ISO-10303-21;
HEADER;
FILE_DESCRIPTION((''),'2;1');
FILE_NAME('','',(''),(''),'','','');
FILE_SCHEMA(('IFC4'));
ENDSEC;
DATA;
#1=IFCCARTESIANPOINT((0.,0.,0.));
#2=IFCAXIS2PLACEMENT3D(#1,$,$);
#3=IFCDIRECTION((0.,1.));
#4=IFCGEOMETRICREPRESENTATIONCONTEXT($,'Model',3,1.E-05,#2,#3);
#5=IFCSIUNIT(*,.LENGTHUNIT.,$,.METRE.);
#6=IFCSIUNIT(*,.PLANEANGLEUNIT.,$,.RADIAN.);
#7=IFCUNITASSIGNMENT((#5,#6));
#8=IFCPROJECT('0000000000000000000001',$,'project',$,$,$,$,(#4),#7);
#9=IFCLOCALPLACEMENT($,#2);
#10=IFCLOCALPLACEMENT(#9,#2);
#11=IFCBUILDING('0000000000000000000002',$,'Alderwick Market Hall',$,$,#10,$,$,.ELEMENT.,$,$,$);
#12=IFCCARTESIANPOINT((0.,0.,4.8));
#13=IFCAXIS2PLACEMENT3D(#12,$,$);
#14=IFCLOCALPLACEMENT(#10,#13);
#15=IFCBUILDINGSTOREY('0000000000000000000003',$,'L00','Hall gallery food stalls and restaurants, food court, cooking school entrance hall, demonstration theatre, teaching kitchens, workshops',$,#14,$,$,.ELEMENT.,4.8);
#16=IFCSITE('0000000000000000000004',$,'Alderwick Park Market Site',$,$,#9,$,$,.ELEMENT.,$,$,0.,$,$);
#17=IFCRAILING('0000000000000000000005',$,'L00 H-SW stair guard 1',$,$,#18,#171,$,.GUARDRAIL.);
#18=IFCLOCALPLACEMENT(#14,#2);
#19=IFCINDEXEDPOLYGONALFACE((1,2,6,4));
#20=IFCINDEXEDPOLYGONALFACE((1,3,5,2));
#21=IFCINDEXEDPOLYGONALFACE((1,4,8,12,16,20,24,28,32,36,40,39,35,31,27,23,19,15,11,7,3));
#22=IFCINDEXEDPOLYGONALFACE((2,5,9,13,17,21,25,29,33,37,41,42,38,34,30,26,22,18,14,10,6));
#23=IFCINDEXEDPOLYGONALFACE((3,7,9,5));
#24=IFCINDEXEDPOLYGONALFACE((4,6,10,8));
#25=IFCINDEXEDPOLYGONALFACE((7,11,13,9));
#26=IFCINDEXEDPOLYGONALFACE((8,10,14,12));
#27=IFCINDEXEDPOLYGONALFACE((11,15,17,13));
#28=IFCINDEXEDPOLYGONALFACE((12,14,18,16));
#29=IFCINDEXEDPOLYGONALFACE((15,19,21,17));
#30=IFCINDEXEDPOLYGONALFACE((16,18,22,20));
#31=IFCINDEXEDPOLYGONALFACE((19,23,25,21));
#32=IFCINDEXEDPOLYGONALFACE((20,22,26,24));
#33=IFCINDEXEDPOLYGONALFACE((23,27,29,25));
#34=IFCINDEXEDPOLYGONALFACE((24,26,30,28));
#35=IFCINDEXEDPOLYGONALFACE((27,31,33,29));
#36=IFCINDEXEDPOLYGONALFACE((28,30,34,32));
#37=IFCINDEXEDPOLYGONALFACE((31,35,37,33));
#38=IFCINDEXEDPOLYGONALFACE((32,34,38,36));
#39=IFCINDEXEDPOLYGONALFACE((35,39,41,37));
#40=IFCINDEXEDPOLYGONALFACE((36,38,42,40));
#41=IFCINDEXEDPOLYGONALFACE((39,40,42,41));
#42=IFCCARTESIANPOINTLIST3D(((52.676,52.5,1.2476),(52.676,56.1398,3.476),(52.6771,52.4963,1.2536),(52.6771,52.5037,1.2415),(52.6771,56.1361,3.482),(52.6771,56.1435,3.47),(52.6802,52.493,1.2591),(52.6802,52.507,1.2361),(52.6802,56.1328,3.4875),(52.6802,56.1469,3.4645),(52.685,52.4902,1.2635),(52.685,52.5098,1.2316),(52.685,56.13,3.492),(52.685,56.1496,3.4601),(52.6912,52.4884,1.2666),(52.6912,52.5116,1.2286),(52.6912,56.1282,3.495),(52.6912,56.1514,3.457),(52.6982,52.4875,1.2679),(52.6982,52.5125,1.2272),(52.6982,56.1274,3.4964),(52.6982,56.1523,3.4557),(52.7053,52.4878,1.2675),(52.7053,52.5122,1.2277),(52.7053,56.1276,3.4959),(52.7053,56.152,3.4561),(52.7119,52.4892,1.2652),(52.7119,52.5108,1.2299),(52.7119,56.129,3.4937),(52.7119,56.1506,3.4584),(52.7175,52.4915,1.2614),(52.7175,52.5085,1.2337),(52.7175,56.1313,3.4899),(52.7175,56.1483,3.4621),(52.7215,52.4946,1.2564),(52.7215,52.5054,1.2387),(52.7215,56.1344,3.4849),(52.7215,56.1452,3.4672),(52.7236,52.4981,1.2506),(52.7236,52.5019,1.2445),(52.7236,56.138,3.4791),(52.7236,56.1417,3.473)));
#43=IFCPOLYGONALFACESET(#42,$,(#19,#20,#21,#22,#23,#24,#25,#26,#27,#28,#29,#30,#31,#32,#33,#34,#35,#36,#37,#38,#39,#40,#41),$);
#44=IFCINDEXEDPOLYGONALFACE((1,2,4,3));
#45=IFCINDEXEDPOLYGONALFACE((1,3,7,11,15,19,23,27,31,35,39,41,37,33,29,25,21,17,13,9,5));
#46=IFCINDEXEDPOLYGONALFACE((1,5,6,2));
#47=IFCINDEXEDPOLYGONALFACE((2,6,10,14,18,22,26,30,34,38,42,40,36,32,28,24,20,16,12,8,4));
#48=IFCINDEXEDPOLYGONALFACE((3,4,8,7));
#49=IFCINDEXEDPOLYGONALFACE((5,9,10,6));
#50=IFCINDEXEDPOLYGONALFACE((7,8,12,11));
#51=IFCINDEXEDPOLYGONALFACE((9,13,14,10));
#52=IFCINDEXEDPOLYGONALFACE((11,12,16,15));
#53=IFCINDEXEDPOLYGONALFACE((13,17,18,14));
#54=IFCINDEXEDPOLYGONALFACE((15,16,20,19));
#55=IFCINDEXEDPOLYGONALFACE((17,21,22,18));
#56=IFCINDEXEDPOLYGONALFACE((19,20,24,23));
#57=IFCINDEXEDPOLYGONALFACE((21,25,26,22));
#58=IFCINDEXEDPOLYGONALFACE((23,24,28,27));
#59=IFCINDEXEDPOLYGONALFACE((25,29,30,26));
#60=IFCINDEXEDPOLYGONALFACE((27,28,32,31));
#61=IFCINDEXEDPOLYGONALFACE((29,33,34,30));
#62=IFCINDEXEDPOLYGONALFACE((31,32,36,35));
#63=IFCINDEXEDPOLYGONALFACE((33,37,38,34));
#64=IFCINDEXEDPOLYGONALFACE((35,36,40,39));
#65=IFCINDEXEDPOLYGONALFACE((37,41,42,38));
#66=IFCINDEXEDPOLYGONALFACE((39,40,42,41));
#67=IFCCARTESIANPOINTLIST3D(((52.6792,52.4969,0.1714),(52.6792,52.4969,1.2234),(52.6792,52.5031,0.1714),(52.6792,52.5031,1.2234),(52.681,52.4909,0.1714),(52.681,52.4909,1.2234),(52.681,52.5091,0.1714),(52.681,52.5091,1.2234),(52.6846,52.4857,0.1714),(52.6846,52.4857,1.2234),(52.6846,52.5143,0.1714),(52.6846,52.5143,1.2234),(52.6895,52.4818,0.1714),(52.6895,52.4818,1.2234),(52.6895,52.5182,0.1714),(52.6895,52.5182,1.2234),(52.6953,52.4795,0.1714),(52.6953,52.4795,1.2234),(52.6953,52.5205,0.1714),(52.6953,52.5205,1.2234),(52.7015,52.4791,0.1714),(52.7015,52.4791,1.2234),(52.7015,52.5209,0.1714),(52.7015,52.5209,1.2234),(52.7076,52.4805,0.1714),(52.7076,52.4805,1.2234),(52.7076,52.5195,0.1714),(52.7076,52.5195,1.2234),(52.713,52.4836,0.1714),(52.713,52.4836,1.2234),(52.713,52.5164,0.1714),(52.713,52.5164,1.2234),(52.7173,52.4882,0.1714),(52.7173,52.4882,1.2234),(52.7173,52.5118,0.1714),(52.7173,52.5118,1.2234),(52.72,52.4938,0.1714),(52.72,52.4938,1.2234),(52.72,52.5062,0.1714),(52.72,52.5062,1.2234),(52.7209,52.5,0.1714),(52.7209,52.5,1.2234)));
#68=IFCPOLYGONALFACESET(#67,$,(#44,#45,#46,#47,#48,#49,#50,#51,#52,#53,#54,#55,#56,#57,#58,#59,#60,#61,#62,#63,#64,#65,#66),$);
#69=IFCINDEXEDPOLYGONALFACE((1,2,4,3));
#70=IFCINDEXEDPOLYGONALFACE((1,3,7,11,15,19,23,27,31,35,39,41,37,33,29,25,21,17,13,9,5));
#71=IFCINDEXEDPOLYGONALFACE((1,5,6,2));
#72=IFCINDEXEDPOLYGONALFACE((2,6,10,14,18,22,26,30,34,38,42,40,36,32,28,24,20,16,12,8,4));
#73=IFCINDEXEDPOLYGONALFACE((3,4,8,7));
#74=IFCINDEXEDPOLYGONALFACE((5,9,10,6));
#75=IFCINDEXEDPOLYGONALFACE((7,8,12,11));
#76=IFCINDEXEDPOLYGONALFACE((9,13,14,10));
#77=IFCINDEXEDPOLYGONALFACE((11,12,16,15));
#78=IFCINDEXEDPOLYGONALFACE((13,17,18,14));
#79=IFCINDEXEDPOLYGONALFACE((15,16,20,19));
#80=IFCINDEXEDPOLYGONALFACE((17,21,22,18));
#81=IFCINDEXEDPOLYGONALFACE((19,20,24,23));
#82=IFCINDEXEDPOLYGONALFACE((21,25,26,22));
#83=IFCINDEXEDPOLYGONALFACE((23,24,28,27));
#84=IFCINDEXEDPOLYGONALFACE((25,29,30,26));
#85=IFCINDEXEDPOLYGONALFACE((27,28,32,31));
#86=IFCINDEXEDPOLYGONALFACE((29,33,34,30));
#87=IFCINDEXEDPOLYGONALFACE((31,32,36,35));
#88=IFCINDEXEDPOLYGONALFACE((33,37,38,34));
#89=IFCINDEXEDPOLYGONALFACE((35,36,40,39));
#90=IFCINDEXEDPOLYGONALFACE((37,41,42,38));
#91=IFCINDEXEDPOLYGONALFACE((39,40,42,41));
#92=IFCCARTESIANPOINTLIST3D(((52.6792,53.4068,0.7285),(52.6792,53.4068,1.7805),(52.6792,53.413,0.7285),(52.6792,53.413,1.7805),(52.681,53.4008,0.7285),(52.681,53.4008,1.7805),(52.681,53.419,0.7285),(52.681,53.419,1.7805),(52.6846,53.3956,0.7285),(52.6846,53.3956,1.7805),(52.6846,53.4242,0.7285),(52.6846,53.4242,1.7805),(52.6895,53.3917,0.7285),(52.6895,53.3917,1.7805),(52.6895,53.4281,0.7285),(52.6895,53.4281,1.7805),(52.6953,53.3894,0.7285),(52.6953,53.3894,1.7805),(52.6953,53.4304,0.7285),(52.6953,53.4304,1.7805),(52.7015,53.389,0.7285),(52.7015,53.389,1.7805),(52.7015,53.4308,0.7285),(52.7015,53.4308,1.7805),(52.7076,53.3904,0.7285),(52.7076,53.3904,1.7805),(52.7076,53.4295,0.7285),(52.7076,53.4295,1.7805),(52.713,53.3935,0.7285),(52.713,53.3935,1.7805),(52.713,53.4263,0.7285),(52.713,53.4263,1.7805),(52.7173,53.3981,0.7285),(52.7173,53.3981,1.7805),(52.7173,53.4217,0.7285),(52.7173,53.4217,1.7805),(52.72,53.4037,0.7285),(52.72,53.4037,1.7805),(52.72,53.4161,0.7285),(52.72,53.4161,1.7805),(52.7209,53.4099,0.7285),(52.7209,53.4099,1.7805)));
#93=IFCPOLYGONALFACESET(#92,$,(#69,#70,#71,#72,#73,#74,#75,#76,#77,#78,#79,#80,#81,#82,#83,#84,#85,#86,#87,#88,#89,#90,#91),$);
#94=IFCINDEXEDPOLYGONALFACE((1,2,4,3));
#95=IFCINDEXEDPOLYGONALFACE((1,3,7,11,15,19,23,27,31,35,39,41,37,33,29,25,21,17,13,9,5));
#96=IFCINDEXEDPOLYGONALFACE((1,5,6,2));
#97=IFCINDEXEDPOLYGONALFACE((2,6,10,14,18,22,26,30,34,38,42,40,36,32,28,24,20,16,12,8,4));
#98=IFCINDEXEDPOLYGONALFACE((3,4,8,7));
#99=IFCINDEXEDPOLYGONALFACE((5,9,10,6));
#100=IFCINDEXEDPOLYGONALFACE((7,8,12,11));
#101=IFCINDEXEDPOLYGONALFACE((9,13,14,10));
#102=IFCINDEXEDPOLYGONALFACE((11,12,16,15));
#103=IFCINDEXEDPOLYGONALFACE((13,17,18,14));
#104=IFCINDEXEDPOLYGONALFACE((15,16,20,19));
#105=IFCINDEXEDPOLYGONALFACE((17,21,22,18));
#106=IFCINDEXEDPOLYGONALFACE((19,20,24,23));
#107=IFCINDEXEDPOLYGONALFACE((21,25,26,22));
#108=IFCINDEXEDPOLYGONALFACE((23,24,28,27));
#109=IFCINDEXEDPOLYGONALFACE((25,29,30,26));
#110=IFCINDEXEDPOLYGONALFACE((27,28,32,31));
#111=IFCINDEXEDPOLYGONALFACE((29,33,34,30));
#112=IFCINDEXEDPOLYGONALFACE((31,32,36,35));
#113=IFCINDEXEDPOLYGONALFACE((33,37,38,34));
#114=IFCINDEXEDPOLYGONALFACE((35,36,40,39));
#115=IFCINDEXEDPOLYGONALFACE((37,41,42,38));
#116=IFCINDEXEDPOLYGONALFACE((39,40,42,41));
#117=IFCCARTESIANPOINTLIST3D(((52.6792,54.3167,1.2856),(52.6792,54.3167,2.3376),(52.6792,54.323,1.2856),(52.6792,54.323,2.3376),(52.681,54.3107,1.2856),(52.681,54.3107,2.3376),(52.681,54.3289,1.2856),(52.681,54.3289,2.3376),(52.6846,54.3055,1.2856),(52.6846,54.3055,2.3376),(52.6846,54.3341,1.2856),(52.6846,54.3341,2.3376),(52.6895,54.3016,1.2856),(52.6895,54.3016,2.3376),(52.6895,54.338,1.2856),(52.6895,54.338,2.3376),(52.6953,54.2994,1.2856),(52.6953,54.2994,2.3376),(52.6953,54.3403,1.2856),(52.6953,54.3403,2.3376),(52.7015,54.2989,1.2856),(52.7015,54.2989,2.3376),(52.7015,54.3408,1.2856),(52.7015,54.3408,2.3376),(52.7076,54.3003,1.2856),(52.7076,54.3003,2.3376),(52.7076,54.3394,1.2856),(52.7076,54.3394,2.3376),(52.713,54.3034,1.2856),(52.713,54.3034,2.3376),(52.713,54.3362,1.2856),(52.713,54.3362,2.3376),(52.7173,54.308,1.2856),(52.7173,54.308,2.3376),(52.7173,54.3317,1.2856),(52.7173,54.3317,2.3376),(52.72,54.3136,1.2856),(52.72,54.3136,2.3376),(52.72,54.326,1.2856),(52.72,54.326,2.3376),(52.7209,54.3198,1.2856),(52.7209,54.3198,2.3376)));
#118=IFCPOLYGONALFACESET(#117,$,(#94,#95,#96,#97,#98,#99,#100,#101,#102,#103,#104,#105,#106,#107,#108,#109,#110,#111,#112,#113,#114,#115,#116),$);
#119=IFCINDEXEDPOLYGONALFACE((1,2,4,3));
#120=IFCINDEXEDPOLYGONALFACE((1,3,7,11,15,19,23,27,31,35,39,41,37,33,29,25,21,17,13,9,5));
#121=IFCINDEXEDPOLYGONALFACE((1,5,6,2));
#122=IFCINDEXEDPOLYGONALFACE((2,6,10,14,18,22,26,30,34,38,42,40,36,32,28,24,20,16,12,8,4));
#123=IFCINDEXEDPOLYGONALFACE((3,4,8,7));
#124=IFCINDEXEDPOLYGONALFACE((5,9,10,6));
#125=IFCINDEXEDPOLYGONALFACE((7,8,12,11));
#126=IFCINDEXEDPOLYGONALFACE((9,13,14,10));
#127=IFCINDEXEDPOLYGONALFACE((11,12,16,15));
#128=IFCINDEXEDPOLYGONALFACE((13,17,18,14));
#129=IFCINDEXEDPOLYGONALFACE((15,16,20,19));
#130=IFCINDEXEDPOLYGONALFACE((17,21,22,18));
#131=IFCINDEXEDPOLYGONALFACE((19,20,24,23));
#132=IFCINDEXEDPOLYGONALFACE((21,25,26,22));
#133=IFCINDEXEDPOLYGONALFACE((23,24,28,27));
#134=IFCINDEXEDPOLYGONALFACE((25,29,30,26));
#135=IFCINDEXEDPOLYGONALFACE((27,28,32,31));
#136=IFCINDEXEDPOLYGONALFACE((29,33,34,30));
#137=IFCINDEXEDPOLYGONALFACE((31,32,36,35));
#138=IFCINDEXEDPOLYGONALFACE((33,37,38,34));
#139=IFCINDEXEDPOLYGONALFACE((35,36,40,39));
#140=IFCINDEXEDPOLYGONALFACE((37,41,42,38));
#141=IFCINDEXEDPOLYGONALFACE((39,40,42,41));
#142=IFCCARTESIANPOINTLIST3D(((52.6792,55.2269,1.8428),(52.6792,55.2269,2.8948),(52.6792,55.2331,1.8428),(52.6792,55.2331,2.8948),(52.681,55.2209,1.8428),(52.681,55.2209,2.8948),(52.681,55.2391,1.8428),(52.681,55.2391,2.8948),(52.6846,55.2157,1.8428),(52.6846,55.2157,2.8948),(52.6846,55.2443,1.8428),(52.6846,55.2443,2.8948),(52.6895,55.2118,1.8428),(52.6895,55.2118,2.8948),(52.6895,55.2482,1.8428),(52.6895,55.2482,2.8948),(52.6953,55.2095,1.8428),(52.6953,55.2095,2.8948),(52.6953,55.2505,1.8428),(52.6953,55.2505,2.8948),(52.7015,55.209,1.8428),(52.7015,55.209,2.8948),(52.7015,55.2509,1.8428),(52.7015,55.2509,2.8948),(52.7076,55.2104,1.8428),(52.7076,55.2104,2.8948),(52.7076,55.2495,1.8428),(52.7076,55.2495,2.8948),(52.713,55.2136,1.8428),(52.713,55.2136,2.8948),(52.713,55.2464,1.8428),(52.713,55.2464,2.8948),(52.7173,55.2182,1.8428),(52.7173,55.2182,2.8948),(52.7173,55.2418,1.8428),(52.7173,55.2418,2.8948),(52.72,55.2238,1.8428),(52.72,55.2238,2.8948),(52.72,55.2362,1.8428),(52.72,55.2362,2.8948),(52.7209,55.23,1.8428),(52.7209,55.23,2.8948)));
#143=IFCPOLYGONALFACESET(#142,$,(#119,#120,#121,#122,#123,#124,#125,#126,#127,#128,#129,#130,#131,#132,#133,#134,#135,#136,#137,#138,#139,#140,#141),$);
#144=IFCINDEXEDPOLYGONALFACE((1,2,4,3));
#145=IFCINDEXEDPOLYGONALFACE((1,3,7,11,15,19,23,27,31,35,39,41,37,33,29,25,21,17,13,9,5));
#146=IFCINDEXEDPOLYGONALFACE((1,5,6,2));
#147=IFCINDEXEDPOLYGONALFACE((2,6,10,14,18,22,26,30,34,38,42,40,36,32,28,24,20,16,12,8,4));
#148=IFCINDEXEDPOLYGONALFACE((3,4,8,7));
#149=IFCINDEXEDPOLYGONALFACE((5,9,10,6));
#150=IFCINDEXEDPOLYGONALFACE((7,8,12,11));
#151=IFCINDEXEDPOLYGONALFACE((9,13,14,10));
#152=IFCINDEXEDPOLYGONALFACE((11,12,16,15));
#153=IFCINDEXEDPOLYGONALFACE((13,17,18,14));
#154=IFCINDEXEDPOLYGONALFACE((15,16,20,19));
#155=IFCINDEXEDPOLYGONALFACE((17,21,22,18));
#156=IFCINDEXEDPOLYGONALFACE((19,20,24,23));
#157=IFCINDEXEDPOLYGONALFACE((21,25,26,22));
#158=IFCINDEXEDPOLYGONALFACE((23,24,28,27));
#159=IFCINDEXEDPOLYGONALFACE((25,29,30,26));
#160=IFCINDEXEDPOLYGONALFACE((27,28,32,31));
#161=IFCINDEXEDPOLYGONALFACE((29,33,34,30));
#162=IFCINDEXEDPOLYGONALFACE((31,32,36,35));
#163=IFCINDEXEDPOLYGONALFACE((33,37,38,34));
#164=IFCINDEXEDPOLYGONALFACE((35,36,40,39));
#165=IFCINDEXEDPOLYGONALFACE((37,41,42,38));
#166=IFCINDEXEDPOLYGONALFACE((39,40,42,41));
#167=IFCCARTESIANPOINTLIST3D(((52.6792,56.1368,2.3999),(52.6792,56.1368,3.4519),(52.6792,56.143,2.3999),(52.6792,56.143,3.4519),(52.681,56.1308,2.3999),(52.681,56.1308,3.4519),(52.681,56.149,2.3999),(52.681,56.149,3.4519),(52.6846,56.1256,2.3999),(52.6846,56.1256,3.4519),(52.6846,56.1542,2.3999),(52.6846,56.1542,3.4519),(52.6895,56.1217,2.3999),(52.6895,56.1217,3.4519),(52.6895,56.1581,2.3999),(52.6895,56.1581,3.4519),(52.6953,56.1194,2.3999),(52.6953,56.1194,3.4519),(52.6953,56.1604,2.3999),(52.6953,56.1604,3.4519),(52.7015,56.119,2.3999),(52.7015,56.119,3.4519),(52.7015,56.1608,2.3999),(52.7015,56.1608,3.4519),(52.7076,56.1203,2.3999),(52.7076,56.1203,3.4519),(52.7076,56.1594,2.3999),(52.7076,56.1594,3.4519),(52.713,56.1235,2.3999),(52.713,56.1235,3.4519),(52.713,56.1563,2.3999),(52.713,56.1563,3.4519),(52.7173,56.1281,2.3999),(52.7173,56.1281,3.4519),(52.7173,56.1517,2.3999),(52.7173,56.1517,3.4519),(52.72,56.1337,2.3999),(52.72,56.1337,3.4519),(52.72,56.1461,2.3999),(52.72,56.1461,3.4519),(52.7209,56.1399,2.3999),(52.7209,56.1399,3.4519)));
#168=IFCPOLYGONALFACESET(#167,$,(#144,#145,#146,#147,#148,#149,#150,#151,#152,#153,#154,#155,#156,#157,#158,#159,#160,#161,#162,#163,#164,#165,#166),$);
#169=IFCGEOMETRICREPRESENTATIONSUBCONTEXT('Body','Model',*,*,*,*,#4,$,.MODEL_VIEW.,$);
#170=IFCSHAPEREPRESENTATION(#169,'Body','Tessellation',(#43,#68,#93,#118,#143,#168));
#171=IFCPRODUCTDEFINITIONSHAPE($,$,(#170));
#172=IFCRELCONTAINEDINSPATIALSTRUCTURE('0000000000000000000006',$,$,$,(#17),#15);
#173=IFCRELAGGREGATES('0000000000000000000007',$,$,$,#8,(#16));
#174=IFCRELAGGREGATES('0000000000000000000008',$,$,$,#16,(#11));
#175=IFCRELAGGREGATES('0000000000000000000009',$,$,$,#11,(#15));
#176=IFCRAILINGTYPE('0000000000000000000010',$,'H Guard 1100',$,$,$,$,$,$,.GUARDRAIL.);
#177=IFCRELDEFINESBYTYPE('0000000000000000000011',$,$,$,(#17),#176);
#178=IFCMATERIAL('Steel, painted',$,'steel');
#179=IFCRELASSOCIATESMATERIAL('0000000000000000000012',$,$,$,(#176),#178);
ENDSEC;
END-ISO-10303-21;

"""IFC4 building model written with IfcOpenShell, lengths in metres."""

from ifc_helpers import new_model, si_unit, direction, frame, origin, origin_2d, place, context, subcontext, project, spatial, circle, extrude, material, type_object, element, save


model = new_model("IFC4")

# Units and contexts
model_context = context("Model", 3, precision=1e-05, world=origin(), true_north=direction((0.0, 1.0)))
body_context = subcontext(model_context, "Body", "Model", "MODEL_VIEW")
ifc_project = project(units=[si_unit("LENGTHUNIT", "METRE"), si_unit("PLANEANGLEUNIT", "RADIAN")], contexts=[model_context])

# Site, building, storey
site_placement = place(None, origin())
site = spatial("IfcSite", under=ifc_project, at=site_placement, Name="Alderwick Park Market Site", CompositionType="ELEMENT", RefElevation=0.0)
building_placement = place(site_placement, origin())
building = spatial("IfcBuilding", under=site, at=building_placement, Name="Alderwick Market Hall", CompositionType="ELEMENT")
storey_placement = place(building_placement, frame((0.0, 0.0, 4.8)))
storey = spatial("IfcBuildingStorey", under=building, at=storey_placement, Name="L00", Description="Hall gallery food stalls and restaurants, food court, cooking school entrance hall, demonstration theatre, teaching kitchens, workshops", CompositionType="ELEMENT", Elevation=4.8)

# Railing
ifc_material_1 = material(Name="Steel, painted", Category="steel")
railing_type_1 = type_object("IfcRailingType", Name="H Guard 1100", PredefinedType="GUARDRAIL", material=ifc_material_1)
railing_1_placement = place(storey_placement, frame((52.7, 52.5, 0.1714)))
element("IfcRailing", 1, at=railing_1_placement, inside=storey, type_object=railing_type_1, Name="L00 H-SW stair guard 1", PredefinedType="GUARDRAIL", context=body_context, shape_type="SweptSolid", body=[
    extrude(circle(Radius=0.0239, at=origin_2d()), frame((0.0, 0.0, 1.0762), z_axis=(0.0, 0.85285, 0.522156), x_axis=(-1.0, 0.0, 0.0)), (0.0, 0.0, 1.0), 4.2678),
    extrude(circle(Radius=0.021, at=origin_2d()), origin(), (0.0, 0.0, 1.0), 1.052),
    extrude(circle(Radius=0.021, at=origin_2d()), frame((0.0, 0.9099, 0.5571)), (0.0, 0.0, 1.0), 1.052),
    extrude(circle(Radius=0.021, at=origin_2d()), frame((0.0, 1.8198, 1.1143)), (0.0, 0.0, 1.0), 1.052),
    extrude(circle(Radius=0.021, at=origin_2d()), frame((0.0, 2.73, 1.6714)), (0.0, 0.0, 1.0), 1.052),
    extrude(circle(Radius=0.021, at=origin_2d()), frame((0.0, 3.6399, 2.2285)), (0.0, 0.0, 1.0), 1.052),
])

save(model, "model.ifc")
